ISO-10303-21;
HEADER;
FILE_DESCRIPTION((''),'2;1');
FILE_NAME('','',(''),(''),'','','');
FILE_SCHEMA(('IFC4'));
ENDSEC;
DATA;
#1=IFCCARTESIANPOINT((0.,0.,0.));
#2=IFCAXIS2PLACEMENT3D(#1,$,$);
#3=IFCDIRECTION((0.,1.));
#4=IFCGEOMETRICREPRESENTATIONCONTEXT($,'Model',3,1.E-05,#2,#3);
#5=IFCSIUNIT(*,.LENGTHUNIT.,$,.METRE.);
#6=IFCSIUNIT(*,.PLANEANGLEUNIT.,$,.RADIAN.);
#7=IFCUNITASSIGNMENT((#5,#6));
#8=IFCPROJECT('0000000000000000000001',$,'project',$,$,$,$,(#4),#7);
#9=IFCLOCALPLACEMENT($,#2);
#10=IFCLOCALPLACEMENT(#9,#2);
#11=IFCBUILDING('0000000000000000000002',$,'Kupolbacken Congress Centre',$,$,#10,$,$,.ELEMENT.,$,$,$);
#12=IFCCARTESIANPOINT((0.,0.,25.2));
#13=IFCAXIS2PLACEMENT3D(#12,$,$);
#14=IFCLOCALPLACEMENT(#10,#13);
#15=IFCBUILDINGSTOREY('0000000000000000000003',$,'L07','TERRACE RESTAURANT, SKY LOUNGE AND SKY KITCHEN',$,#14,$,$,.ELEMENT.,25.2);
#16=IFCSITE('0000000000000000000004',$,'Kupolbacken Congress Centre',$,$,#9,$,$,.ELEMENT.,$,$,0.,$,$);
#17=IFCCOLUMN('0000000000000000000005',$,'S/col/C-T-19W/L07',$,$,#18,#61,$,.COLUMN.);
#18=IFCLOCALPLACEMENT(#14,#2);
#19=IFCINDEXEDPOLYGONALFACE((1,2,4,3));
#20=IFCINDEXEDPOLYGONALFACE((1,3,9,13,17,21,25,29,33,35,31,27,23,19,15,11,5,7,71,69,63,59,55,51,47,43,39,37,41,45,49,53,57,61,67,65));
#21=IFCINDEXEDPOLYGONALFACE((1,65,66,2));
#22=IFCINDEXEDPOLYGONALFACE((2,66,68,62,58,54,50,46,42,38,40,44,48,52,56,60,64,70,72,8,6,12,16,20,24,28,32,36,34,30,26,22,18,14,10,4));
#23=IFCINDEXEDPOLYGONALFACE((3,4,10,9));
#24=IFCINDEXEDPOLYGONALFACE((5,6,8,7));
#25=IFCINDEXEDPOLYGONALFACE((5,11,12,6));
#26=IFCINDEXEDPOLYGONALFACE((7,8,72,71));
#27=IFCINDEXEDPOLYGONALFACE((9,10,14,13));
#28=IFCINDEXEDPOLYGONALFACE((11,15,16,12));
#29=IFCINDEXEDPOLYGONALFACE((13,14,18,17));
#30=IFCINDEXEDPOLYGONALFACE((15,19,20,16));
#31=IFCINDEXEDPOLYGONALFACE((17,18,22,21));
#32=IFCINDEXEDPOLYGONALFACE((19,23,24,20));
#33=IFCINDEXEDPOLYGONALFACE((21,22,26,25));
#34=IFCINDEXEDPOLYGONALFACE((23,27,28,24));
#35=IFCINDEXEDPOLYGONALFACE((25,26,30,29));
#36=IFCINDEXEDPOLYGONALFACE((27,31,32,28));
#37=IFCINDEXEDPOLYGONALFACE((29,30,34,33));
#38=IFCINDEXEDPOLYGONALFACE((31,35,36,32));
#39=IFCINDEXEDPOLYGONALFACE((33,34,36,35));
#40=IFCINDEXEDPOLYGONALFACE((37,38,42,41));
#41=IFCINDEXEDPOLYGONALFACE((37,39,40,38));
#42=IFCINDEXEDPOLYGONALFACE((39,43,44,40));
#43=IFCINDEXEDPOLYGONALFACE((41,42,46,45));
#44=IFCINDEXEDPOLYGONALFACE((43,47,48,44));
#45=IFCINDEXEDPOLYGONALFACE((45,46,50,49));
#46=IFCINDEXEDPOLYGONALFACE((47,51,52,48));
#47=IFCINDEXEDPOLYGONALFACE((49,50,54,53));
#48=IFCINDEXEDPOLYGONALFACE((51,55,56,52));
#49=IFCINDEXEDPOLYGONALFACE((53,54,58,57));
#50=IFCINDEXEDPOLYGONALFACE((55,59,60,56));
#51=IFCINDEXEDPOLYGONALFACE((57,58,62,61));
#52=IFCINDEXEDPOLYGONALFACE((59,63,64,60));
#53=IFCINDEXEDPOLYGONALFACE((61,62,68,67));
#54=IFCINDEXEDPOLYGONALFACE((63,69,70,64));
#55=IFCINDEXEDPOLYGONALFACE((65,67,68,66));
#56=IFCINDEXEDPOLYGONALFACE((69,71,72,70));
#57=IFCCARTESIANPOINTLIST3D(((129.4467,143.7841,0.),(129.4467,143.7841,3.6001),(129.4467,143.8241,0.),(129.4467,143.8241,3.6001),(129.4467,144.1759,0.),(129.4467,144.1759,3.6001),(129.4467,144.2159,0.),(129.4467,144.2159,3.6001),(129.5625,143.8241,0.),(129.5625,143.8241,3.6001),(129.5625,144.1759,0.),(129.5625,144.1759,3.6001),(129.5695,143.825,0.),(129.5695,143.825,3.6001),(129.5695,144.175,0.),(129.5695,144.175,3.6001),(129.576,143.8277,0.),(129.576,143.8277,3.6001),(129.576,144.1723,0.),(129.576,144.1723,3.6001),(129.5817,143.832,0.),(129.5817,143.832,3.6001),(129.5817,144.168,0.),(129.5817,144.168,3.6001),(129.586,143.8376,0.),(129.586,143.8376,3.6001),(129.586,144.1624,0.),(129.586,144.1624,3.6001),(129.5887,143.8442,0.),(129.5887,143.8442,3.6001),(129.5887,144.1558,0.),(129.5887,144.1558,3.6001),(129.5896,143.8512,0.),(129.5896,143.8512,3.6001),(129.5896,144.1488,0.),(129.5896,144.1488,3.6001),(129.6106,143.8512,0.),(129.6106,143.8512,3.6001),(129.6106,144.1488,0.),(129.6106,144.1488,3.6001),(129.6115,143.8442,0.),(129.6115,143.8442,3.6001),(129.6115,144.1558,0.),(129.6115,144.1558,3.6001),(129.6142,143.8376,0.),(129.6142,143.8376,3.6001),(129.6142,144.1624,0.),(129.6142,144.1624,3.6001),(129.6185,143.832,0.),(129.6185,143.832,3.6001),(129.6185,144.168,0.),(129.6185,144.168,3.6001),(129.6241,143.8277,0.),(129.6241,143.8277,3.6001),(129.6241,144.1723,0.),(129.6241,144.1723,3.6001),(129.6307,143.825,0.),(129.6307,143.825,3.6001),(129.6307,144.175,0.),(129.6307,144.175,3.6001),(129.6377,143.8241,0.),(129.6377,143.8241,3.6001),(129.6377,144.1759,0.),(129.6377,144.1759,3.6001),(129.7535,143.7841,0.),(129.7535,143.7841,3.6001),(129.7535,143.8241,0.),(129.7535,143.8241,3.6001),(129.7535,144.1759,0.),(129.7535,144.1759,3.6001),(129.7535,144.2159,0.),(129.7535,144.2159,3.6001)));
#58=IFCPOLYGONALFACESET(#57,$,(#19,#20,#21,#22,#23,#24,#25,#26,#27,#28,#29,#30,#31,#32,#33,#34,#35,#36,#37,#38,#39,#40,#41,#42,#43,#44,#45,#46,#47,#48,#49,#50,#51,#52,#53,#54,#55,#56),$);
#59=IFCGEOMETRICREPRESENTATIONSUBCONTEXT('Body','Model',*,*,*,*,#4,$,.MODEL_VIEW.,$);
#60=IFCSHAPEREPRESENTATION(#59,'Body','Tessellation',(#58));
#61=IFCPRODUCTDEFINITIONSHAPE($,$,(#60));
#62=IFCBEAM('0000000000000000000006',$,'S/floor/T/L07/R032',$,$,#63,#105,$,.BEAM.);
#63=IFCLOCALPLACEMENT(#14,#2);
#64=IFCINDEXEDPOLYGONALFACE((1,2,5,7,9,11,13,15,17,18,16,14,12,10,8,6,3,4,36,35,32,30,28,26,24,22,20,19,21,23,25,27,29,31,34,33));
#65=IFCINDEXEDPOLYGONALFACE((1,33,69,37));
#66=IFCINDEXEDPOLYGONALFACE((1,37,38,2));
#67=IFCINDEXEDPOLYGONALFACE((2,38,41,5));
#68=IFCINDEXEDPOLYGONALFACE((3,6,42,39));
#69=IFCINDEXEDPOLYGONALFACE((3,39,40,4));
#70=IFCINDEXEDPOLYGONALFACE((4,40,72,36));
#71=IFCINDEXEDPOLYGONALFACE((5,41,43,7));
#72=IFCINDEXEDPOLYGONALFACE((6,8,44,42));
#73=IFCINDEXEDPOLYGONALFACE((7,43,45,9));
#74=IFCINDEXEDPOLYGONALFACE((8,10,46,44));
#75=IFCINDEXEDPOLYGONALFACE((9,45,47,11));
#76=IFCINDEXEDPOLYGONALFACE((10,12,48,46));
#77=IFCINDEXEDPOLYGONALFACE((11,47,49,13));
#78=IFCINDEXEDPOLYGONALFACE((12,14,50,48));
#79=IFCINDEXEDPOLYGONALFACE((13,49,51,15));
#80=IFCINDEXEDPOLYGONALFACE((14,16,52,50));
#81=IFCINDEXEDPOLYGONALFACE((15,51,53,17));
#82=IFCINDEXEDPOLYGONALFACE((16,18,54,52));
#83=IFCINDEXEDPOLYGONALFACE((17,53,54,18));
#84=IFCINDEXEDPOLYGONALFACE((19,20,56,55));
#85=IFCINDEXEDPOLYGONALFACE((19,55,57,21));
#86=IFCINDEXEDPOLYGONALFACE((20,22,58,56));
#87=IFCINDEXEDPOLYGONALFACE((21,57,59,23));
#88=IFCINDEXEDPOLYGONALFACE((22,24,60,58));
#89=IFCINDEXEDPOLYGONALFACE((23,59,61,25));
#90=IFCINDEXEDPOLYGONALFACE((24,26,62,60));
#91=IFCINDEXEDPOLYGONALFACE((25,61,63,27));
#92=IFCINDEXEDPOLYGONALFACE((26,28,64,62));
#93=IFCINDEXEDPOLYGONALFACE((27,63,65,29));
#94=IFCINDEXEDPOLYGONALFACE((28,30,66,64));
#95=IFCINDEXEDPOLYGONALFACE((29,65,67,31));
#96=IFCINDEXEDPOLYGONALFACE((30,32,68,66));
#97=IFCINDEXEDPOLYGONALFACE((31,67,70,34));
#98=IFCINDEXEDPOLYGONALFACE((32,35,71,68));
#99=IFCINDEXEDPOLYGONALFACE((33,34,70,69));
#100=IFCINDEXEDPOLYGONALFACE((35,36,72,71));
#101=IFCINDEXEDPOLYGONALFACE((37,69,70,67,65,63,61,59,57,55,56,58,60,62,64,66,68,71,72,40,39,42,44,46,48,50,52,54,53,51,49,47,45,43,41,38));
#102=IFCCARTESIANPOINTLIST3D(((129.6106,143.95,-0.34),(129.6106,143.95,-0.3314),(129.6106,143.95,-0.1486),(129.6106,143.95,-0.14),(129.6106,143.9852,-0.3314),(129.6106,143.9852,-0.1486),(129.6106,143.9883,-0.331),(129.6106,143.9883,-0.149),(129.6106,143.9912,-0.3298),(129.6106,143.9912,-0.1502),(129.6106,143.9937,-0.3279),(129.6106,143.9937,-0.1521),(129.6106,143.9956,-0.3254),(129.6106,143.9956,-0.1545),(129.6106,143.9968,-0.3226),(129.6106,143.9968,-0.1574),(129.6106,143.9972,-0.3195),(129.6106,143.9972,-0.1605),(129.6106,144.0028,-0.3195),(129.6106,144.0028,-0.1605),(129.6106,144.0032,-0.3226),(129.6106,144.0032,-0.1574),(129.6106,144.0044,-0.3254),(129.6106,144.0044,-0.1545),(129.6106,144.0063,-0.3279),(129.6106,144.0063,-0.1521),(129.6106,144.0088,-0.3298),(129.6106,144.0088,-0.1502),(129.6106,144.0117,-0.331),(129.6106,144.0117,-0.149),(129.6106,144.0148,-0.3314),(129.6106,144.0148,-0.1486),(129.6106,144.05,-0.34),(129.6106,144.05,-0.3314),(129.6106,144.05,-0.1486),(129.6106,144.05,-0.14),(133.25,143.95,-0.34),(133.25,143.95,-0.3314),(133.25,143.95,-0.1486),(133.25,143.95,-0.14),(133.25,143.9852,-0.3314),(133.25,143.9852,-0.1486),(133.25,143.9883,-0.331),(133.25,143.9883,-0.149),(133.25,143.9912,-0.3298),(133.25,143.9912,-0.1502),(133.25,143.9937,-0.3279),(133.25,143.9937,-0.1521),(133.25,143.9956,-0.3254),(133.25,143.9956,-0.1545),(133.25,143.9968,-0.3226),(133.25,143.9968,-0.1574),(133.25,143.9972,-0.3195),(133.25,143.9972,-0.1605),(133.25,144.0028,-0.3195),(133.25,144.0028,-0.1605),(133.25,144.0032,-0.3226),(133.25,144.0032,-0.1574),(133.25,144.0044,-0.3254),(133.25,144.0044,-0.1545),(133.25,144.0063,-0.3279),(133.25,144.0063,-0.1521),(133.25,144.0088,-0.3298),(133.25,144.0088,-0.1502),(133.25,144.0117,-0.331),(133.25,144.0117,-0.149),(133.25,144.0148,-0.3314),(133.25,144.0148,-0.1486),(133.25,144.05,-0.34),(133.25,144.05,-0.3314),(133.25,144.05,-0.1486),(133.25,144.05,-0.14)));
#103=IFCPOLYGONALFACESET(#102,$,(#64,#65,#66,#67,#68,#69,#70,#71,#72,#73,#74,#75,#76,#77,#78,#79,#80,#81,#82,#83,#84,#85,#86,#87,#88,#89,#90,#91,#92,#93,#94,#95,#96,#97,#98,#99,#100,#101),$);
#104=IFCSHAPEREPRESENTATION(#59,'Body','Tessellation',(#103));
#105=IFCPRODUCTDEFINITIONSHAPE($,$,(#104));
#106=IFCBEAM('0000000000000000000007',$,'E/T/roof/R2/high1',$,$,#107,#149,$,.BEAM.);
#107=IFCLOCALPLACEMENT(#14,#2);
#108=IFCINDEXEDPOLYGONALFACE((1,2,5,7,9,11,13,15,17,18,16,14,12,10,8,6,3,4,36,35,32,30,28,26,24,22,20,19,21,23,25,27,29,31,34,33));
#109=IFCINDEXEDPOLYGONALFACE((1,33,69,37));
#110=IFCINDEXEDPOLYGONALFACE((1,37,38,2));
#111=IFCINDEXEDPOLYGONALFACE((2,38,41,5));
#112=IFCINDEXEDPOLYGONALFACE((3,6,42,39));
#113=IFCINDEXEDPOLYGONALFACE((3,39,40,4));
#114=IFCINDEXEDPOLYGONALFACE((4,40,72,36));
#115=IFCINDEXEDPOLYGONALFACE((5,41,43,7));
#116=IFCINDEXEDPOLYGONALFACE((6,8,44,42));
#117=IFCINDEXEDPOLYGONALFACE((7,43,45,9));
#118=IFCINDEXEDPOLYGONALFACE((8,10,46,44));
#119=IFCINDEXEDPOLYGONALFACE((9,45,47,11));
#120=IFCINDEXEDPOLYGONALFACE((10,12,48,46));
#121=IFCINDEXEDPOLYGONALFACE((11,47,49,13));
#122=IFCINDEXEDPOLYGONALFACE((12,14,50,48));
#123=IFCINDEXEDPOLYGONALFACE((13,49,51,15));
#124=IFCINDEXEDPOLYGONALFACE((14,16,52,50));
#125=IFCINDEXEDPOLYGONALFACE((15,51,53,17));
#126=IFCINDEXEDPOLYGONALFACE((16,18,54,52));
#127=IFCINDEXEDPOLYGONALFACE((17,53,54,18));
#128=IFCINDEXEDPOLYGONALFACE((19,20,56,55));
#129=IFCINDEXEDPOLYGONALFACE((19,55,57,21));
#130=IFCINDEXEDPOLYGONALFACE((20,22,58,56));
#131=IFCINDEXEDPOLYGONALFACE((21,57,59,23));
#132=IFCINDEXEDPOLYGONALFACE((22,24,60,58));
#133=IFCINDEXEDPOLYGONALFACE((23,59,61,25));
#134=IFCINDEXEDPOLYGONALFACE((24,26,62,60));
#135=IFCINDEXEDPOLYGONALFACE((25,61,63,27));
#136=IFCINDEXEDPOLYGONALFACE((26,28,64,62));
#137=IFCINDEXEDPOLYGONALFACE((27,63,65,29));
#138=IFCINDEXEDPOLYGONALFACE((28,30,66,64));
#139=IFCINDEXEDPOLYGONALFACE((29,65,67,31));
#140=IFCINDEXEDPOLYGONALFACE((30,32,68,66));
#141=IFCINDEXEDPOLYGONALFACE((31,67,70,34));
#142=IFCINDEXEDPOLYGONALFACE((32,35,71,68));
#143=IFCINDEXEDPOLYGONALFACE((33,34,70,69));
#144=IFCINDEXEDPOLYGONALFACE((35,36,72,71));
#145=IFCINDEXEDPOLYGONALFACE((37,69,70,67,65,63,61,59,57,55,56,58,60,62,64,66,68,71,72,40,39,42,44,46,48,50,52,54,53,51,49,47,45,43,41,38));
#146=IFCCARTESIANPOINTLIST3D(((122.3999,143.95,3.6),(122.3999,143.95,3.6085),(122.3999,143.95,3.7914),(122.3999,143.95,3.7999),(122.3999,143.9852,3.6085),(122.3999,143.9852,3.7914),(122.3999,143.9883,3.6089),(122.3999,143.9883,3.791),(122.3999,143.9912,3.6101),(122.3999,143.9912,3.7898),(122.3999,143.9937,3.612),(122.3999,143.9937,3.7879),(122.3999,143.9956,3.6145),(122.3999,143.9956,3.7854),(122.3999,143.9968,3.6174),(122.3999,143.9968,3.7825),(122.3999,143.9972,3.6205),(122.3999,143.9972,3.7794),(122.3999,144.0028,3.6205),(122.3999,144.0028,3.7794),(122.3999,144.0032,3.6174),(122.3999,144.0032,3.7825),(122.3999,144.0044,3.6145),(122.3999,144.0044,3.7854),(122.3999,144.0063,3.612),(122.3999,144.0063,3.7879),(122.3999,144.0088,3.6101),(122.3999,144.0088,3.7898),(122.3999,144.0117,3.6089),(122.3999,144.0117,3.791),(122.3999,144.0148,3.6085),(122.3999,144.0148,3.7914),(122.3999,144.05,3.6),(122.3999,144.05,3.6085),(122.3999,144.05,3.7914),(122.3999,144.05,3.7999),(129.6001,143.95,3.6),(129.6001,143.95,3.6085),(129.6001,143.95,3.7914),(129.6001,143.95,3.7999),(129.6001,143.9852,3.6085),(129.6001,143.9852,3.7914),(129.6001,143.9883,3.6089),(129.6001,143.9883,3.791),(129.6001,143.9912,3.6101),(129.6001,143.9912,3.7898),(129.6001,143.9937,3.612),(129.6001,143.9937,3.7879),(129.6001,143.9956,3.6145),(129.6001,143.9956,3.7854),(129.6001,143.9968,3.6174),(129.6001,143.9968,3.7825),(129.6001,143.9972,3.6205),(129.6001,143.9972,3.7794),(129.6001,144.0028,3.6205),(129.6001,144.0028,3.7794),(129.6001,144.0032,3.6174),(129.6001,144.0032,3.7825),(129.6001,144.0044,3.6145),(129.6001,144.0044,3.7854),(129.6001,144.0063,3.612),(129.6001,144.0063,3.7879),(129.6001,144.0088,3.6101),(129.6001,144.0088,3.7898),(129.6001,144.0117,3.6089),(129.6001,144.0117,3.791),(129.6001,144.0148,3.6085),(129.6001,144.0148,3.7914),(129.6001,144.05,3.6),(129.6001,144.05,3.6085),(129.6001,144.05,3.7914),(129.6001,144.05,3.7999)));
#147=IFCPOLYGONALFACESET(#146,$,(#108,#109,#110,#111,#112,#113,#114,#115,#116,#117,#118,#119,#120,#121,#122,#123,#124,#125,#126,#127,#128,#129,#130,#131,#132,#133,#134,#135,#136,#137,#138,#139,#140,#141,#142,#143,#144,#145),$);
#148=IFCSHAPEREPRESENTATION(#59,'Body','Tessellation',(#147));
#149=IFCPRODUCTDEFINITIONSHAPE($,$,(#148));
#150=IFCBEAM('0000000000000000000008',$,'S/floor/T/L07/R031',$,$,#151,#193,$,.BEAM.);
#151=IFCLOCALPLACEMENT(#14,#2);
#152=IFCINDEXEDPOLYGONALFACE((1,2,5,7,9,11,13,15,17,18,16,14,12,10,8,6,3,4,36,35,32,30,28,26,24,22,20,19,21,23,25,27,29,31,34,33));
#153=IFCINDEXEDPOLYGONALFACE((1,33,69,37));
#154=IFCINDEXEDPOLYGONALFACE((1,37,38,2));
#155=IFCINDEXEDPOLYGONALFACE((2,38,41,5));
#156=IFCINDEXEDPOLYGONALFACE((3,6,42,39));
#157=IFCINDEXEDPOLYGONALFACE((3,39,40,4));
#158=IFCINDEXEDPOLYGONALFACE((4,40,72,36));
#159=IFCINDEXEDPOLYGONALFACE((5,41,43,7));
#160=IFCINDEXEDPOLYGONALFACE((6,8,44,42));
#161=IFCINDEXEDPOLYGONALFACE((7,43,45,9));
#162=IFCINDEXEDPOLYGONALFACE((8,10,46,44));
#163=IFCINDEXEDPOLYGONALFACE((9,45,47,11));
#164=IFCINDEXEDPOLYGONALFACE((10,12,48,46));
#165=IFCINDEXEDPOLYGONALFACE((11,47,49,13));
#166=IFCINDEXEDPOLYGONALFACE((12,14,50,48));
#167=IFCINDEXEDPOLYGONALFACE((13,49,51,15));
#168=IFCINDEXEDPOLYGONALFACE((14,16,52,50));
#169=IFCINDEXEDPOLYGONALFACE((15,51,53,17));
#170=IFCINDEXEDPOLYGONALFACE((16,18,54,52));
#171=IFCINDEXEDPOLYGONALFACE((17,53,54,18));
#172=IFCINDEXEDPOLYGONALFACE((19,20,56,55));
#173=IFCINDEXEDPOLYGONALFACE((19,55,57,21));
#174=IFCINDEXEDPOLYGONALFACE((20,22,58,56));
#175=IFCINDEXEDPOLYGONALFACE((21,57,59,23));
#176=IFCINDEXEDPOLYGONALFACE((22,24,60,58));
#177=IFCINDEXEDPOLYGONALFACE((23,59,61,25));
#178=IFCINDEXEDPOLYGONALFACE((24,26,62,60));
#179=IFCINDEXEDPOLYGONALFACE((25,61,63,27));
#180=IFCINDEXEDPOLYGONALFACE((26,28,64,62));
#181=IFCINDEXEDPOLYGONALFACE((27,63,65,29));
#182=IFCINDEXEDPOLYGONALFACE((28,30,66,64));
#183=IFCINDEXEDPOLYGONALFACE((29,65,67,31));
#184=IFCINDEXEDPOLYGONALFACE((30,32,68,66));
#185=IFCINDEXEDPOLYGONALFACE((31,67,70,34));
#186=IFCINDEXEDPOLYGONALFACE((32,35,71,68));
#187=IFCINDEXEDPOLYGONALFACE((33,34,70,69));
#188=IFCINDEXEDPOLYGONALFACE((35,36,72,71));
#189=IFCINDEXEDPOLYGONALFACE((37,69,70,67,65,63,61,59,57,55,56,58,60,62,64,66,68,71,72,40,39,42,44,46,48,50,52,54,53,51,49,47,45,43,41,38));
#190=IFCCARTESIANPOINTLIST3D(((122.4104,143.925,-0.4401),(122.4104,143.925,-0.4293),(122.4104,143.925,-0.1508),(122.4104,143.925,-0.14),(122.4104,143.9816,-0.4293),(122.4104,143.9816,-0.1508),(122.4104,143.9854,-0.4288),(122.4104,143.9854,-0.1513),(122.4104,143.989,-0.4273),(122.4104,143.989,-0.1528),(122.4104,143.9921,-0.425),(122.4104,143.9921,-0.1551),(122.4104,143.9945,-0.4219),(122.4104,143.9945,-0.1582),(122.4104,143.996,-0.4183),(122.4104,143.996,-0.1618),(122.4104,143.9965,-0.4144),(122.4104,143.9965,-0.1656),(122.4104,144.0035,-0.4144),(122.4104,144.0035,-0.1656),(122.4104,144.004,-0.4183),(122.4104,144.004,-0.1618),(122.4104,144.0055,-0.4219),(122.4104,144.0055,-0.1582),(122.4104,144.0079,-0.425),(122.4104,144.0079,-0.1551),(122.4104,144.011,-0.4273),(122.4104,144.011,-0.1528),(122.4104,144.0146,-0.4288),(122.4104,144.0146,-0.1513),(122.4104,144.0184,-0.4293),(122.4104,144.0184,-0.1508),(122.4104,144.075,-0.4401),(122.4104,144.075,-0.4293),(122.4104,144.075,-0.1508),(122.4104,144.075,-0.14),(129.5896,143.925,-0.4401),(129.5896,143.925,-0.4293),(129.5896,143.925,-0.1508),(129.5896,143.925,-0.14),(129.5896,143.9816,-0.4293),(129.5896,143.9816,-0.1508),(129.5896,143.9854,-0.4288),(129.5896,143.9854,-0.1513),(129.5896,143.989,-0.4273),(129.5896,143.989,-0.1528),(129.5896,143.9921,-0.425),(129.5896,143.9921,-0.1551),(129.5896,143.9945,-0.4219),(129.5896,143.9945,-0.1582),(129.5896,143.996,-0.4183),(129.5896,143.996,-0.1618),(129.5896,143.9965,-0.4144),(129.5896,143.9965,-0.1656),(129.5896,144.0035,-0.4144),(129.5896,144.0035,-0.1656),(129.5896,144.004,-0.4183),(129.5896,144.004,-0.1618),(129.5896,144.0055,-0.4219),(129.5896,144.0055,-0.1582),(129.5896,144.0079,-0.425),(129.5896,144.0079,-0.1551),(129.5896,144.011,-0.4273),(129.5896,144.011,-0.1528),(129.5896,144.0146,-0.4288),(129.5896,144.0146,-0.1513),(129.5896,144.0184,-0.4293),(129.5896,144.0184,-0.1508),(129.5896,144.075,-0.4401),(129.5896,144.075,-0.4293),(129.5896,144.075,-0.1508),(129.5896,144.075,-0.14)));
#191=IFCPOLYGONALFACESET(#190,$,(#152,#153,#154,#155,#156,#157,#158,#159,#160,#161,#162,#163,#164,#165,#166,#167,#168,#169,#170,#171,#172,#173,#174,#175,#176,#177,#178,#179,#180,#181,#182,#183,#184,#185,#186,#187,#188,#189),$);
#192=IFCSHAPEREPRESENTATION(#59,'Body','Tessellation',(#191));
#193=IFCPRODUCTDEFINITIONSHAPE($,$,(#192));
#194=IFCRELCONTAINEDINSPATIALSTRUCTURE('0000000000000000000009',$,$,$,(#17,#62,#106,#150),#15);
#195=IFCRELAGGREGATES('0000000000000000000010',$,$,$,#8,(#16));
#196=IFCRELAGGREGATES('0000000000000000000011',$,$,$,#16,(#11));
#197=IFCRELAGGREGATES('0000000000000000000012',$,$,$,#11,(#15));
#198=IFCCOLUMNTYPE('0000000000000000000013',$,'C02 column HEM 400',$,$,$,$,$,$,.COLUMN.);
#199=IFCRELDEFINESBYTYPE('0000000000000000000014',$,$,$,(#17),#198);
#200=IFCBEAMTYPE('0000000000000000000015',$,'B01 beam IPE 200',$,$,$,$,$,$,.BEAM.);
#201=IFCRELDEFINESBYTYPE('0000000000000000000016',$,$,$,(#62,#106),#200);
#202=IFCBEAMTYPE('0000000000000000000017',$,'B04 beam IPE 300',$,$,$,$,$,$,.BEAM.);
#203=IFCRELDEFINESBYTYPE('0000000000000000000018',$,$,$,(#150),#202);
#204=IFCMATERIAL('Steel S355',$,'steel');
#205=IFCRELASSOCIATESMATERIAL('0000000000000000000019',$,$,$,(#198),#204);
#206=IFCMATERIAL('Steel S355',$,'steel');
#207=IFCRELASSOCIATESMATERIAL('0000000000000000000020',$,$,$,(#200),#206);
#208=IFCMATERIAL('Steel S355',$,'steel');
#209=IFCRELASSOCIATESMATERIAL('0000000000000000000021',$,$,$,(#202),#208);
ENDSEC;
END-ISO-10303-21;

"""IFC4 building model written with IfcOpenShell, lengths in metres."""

from ifc_helpers import new_model, si_unit, direction, frame, origin, origin_2d, place, context, subcontext, project, spatial, i_section, extrude, material, material_profile, profile_set, type_object, element, save


model = new_model("IFC4")

# Units and contexts
model_context = context("Model", 3, precision=1e-05, world=origin(), true_north=direction((0.0, 1.0)))
body_context = subcontext(model_context, "Body", "Model", "MODEL_VIEW")
ifc_project = project(units=[si_unit("LENGTHUNIT", "METRE"), si_unit("PLANEANGLEUNIT", "RADIAN")], contexts=[model_context])

# Site, building, storey
site_placement = place(None, origin())
site = spatial("IfcSite", under=ifc_project, at=site_placement, Name="Kupolbacken Congress Centre", CompositionType="ELEMENT", RefElevation=0.0)
building_placement = place(site_placement, origin())
building = spatial("IfcBuilding", under=site, at=building_placement, Name="Kupolbacken Congress Centre", CompositionType="ELEMENT")
storey_placement = place(building_placement, frame((0.0, 0.0, 25.2)))
storey = spatial("IfcBuildingStorey", under=building, at=storey_placement, Name="L07", Description="TERRACE RESTAURANT, SKY LOUNGE AND SKY KITCHEN", CompositionType="ELEMENT", Elevation=25.2)

# Column
ifc_material_1 = material(Name="Steel S355", Category="steel")
ifc_material_profile_1 = material_profile(ifc_material_1, i_section(OverallWidth=0.3069, OverallDepth=0.4319, WebThickness=0.021, FlangeThickness=0.04, FilletRadius=0.0271, at=origin_2d()), Name="HEM 400")
ifc_profile_set_1 = profile_set([ifc_material_profile_1], Name="Steel S355")
column_type = type_object("IfcColumnType", Name="C02 column HEM 400", PredefinedType="COLUMN", material=ifc_profile_set_1)
column_placement = place(storey_placement, frame((129.6001, 144.0, 0.0), z_axis=(0.0, 0.0, 1.0), x_axis=(1.0, 0.0, 0.0)))
element("IfcColumn", 1, at=column_placement, inside=storey, type_object=column_type, Name="S/col/C-T-19W/L07", PredefinedType="COLUMN", context=body_context, shape_type="SweptSolid", body=[
    extrude(i_section(OverallWidth=0.3069, OverallDepth=0.4319, WebThickness=0.021, FlangeThickness=0.04, FilletRadius=0.0271, at=origin_2d()), origin(), (0.0, 0.0, 1.0), 3.6001),
])

# Beams
ifc_material_2 = material(Name="Steel S355", Category="steel")
ifc_material_profile_2 = material_profile(ifc_material_2, i_section(OverallWidth=0.1001, OverallDepth=0.2, WebThickness=0.0056, FlangeThickness=0.0085, FilletRadius=0.012, at=origin_2d()), Name="IPE 200")
ifc_profile_set_2 = profile_set([ifc_material_profile_2], Name="Steel S355")
beam_type_1 = type_object("IfcBeamType", Name="B01 beam IPE 200", PredefinedType="BEAM", material=ifc_profile_set_2)
beam_1_placement = place(storey_placement, frame((129.6106, 144.0, -0.24), z_axis=(1.0, 0.0, 0.0), x_axis=(0.0, 1.0, 0.0)))
element("IfcBeam", 2, at=beam_1_placement, inside=storey, type_object=beam_type_1, Name="S/floor/T/L07/R032", PredefinedType="BEAM", context=body_context, shape_type="SweptSolid", body=[
    extrude(i_section(OverallWidth=0.1001, OverallDepth=0.2, WebThickness=0.0056, FlangeThickness=0.0085, FilletRadius=0.012, at=origin_2d()), origin(), (0.0, 0.0, 1.0), 3.6394),
])
beam_2_placement = place(storey_placement, frame((122.3999, 144.0, 3.7), z_axis=(1.0, 0.0, 0.0), x_axis=(0.0, 1.0, 0.0)))
element("IfcBeam", 3, at=beam_2_placement, inside=storey, type_object=beam_type_1, Name="E/T/roof/R2/high1", PredefinedType="BEAM", context=body_context, shape_type="SweptSolid", body=[
    extrude(i_section(OverallWidth=0.1001, OverallDepth=0.2, WebThickness=0.0056, FlangeThickness=0.0085, FilletRadius=0.012, at=origin_2d()), origin(), (0.0, 0.0, 1.0), 7.2002),
])
ifc_material_3 = material(Name="Steel S355", Category="steel")
ifc_material_profile_3 = material_profile(ifc_material_3, i_section(OverallWidth=0.1499, OverallDepth=0.3, WebThickness=0.0071, FlangeThickness=0.0107, FilletRadius=0.0149, at=origin_2d()), Name="IPE 300")
ifc_profile_set_3 = profile_set([ifc_material_profile_3], Name="Steel S355")
beam_type_2 = type_object("IfcBeamType", Name="B04 beam IPE 300", PredefinedType="BEAM", material=ifc_profile_set_3)
for number, where, z_axis, x_axis, name in (
    (4, (122.4104, 144.0, -0.29), (1.0, 0.0, 0.0), (0.0, 1.0, 0.0), "S/floor/T/L07/R031"),
):
    element("IfcBeam", number, at=place(storey_placement, frame(where, z_axis=z_axis, x_axis=x_axis)), inside=storey, type_object=beam_type_2, Name=name, PredefinedType="BEAM", context=body_context, shape_type="SweptSolid", body=[
        extrude(i_section(OverallWidth=0.1499, OverallDepth=0.3, WebThickness=0.0071, FlangeThickness=0.0107, FilletRadius=0.0149, at=origin_2d()), origin(), (0.0, 0.0, 1.0), 7.1792),
    ])

save(model, "model.ifc")
